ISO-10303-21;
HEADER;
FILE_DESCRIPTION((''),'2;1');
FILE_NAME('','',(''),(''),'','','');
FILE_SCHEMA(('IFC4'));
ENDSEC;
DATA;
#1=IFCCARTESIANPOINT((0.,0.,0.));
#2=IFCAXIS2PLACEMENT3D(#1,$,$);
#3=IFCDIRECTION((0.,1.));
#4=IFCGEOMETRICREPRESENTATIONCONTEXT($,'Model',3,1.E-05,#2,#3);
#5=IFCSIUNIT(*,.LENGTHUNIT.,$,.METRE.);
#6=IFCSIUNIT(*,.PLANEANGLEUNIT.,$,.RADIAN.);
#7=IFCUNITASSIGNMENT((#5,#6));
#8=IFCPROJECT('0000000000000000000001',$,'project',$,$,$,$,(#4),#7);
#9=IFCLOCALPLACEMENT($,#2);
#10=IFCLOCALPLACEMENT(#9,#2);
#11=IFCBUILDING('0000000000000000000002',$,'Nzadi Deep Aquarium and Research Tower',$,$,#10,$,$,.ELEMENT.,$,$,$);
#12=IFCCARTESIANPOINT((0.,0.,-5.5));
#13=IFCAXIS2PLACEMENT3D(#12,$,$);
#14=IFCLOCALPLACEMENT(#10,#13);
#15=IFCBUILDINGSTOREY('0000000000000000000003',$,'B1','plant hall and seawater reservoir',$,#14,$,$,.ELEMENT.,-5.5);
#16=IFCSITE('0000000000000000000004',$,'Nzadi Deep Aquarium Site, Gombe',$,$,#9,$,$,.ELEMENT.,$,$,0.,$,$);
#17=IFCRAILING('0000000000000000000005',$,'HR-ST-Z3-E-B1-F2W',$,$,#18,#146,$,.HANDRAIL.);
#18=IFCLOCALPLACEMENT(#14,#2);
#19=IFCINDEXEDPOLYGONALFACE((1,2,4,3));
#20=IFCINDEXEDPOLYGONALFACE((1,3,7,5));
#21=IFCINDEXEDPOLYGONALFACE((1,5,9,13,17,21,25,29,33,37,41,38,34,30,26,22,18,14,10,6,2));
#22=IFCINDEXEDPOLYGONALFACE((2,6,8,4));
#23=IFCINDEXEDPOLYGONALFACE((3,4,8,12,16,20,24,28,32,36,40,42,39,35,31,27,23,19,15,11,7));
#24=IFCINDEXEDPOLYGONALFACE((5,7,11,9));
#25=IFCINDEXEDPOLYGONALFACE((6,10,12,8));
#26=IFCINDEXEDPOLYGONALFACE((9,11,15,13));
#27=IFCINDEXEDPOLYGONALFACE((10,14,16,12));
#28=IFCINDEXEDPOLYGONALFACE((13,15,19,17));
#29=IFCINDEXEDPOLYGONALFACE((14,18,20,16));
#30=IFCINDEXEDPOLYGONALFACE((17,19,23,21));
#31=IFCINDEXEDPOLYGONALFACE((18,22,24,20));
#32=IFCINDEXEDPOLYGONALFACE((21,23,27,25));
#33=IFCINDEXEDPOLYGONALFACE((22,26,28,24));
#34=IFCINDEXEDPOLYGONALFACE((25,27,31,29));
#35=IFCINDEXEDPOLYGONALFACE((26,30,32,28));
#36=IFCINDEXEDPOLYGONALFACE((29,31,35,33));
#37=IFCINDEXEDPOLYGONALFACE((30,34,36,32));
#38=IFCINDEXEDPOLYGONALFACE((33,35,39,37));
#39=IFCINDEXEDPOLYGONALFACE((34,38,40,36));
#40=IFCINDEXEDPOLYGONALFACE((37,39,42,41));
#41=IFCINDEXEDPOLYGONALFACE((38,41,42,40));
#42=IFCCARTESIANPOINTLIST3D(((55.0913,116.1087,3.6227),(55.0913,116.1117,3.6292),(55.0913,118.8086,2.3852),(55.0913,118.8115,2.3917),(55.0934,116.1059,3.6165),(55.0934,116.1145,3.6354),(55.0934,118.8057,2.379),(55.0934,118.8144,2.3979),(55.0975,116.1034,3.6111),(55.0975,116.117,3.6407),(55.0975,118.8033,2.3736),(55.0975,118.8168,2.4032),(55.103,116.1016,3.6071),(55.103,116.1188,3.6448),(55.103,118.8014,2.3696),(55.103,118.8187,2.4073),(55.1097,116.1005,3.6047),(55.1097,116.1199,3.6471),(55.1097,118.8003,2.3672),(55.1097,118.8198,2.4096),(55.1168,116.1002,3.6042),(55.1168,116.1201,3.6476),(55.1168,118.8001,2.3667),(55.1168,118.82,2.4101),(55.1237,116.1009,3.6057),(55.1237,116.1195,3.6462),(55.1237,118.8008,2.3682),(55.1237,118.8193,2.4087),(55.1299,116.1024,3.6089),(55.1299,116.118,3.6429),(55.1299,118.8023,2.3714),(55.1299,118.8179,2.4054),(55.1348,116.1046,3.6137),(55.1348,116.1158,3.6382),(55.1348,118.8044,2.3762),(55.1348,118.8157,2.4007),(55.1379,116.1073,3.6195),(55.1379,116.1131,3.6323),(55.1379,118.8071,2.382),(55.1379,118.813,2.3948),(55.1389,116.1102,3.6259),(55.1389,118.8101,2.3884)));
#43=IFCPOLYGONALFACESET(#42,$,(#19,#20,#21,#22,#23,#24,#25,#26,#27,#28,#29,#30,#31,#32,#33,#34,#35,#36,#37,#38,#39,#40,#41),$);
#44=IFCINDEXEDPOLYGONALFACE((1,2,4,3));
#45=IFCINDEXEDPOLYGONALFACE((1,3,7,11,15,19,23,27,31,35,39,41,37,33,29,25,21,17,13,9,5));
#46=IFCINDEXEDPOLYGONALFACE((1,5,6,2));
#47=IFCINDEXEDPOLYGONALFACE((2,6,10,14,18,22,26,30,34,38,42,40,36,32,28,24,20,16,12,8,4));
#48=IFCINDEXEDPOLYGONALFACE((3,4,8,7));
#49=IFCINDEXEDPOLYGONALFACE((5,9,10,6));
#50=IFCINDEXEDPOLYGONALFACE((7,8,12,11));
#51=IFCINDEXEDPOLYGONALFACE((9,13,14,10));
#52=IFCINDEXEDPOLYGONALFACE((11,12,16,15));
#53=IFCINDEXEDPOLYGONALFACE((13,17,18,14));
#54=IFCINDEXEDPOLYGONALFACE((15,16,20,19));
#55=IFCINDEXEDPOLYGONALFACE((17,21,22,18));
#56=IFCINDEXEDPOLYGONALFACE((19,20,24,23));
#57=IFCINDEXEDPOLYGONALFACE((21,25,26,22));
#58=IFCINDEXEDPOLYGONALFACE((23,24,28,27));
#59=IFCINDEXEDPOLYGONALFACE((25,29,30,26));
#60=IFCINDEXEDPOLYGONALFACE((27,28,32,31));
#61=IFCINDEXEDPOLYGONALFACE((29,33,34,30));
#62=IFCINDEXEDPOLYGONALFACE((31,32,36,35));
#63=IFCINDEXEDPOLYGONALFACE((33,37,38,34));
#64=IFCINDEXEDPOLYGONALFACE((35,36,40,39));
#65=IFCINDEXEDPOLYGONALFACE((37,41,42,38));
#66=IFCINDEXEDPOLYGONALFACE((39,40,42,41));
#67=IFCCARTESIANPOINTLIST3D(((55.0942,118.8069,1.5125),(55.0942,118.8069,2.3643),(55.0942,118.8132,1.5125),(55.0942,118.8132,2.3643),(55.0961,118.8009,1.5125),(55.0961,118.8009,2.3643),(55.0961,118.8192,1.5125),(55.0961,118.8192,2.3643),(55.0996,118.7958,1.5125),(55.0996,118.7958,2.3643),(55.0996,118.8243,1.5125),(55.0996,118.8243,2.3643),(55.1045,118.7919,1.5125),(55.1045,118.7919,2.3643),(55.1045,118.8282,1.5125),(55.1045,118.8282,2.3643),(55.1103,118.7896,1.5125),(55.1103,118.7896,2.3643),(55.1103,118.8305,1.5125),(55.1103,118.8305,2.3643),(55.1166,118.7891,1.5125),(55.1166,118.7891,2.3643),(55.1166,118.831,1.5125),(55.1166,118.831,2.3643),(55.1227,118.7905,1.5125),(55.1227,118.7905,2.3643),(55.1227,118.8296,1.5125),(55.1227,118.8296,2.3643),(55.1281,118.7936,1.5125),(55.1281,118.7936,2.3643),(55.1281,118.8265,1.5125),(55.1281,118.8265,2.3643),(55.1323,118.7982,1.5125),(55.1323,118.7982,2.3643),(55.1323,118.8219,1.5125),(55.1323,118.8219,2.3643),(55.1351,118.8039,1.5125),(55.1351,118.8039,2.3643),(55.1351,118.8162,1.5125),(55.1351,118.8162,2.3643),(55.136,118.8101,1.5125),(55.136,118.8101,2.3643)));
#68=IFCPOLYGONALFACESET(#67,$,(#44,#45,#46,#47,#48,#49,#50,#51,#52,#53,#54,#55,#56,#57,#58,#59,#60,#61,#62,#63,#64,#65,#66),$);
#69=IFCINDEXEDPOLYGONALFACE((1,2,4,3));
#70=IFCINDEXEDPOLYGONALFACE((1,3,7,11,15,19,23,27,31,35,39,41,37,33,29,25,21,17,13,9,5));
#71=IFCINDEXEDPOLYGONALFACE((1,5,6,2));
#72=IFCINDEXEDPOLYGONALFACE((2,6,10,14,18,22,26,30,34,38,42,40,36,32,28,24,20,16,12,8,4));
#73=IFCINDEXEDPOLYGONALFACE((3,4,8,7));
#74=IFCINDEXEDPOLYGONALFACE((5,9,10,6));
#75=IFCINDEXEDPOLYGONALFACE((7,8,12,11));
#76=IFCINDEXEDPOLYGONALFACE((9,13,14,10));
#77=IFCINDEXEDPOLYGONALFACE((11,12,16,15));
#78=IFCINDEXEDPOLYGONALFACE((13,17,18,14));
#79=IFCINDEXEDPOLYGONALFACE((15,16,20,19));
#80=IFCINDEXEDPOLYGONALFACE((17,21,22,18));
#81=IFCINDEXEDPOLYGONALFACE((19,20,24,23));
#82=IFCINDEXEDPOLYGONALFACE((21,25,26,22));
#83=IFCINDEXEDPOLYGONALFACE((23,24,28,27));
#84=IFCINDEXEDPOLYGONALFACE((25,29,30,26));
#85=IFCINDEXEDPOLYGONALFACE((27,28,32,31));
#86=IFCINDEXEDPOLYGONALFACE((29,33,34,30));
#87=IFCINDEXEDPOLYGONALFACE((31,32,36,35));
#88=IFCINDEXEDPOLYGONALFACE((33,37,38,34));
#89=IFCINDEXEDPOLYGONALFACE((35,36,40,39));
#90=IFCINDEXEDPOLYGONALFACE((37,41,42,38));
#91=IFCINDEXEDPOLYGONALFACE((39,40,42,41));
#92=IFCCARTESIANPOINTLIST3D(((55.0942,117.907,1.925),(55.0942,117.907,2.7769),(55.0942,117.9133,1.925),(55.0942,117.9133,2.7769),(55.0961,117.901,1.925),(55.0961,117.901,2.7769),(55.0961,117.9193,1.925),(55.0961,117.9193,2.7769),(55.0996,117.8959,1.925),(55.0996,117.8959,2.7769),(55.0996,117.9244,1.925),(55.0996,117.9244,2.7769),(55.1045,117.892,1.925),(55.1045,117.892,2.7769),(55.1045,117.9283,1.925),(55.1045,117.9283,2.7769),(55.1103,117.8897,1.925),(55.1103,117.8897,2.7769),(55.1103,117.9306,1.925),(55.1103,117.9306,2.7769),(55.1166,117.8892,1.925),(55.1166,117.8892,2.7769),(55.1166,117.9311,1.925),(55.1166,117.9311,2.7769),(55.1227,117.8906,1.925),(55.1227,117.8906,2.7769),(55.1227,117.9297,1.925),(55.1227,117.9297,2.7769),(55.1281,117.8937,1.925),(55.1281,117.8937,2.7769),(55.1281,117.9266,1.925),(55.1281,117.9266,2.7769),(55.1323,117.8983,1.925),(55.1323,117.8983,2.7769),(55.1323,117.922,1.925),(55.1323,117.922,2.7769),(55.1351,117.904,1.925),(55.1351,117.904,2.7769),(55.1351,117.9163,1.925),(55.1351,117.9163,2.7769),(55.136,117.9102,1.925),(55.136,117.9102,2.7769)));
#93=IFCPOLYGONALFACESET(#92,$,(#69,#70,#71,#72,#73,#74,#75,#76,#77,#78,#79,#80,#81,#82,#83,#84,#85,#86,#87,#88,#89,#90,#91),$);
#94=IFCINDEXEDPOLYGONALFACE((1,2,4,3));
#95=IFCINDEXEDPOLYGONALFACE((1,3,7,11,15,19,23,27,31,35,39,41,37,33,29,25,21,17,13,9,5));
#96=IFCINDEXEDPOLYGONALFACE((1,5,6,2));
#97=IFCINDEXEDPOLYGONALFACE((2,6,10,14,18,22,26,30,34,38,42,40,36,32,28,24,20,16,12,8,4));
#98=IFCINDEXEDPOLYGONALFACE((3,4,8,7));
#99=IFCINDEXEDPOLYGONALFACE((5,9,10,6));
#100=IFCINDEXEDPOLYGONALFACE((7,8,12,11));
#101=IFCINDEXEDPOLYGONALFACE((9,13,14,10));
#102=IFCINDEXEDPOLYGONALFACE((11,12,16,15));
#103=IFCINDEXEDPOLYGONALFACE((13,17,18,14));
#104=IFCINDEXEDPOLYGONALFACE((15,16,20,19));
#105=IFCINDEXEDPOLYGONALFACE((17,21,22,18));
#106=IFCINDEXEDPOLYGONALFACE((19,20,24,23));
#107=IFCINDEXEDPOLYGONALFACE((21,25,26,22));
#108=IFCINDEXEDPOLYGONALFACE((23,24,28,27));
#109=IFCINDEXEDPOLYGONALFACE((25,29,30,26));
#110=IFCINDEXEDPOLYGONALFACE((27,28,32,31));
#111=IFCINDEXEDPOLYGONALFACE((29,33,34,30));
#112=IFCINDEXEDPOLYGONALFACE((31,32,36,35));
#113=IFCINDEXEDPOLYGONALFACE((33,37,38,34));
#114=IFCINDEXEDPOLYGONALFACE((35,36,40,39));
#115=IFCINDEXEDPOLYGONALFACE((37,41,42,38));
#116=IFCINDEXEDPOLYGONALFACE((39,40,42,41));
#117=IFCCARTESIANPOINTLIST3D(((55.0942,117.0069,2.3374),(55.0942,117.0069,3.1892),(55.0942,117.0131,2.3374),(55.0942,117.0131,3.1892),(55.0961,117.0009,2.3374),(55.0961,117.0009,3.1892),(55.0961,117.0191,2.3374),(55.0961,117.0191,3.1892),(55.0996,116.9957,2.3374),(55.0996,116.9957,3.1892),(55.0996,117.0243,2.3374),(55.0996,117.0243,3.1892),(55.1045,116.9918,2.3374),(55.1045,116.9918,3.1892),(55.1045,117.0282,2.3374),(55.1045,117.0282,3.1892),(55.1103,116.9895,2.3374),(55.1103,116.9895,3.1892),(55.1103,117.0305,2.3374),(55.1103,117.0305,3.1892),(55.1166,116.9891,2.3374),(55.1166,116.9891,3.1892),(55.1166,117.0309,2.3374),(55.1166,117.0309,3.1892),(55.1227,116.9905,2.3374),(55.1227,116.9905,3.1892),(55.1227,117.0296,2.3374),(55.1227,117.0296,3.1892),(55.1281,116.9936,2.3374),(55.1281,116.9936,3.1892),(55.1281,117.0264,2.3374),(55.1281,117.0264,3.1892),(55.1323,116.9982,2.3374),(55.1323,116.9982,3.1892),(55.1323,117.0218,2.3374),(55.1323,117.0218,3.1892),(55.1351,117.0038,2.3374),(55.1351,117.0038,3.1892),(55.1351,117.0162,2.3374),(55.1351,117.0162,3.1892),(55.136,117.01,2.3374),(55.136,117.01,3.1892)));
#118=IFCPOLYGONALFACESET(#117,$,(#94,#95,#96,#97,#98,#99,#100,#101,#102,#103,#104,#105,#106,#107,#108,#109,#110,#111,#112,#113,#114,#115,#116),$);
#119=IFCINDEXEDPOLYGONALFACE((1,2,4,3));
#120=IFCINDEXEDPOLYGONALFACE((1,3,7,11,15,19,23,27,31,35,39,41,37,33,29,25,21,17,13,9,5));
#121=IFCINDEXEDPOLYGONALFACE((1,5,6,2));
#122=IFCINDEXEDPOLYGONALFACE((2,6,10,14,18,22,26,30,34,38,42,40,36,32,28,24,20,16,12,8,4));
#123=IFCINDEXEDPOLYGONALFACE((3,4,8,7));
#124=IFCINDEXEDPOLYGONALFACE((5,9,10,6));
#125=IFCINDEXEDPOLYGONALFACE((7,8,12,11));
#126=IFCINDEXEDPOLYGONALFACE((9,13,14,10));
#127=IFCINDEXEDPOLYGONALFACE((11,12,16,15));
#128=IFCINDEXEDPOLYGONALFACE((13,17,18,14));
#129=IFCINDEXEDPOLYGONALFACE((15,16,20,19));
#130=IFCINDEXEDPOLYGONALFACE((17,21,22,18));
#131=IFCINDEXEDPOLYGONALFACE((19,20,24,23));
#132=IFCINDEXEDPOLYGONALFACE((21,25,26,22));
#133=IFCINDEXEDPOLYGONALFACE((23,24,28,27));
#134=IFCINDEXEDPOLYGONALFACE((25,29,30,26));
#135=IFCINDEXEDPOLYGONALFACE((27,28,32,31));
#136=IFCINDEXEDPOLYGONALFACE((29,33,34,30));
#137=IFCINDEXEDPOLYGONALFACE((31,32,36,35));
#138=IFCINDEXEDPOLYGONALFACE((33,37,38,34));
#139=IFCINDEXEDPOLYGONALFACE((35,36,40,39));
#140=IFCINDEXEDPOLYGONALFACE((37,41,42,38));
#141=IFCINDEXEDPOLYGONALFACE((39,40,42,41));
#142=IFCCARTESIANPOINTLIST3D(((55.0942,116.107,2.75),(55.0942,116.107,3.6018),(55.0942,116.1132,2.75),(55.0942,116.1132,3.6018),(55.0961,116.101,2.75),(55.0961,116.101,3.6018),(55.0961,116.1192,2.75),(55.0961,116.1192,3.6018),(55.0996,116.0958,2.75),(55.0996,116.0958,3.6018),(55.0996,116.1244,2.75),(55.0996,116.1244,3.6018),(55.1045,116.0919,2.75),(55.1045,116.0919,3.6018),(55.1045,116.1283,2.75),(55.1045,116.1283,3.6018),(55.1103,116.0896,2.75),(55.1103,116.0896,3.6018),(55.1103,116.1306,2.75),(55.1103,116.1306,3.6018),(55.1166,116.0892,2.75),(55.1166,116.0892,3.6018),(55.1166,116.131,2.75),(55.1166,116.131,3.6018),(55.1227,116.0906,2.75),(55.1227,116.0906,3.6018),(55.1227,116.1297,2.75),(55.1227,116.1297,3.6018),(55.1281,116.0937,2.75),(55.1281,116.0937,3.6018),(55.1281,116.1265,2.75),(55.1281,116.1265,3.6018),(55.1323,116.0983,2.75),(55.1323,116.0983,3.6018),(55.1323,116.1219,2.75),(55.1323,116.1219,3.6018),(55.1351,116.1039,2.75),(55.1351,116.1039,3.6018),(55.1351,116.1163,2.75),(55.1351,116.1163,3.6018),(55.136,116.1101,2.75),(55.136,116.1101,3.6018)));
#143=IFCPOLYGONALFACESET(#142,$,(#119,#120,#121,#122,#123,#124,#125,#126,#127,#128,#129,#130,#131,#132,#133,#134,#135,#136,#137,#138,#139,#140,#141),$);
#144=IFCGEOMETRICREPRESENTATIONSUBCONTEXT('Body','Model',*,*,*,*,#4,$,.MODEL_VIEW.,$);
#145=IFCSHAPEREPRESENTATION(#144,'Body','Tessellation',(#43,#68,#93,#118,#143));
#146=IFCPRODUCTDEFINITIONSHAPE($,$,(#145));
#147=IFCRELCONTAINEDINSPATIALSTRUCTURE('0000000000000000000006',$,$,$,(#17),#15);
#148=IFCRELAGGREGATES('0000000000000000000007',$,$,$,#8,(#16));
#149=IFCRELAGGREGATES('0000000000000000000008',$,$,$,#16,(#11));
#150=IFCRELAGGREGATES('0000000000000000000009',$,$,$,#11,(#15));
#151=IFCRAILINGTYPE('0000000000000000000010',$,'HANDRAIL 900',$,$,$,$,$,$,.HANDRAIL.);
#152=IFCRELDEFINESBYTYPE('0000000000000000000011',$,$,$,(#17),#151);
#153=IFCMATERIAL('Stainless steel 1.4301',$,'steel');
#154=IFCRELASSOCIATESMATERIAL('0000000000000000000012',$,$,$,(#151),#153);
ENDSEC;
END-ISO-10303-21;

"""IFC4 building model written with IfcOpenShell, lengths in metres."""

from ifc_helpers import new_model, si_unit, direction, frame, origin, origin_2d, place, context, subcontext, project, spatial, circle, extrude, material, type_object, element, save


model = new_model("IFC4")

# Units and contexts
model_context = context("Model", 3, precision=1e-05, world=origin(), true_north=direction((0.0, 1.0)))
body_context = subcontext(model_context, "Body", "Model", "MODEL_VIEW")
ifc_project = project(units=[si_unit("LENGTHUNIT", "METRE"), si_unit("PLANEANGLEUNIT", "RADIAN")], contexts=[model_context])

# Site, building, storey
site_placement = place(None, origin())
site = spatial("IfcSite", under=ifc_project, at=site_placement, Name="Nzadi Deep Aquarium Site, Gombe", CompositionType="ELEMENT", RefElevation=0.0)
building_placement = place(site_placement, origin())
building = spatial("IfcBuilding", under=site, at=building_placement, Name="Nzadi Deep Aquarium and Research Tower", CompositionType="ELEMENT")
storey_placement = place(building_placement, frame((0.0, 0.0, -5.5)))
storey = spatial("IfcBuildingStorey", under=building, at=storey_placement, Name="B1", Description="plant hall and seawater reservoir", CompositionType="ELEMENT", Elevation=-5.5)

# Railing
ifc_material_1 = material(Name="Stainless steel 1.4301", Category="steel")
railing_type = type_object("IfcRailingType", Name="HANDRAIL 900", PredefinedType="HANDRAIL", material=ifc_material_1)
for number, where, name in (
    (1, (55.115, 118.8101, 1.5125), "HR-ST-Z3-E-B1-F2W"),
):
    element("IfcRailing", number, at=place(storey_placement, frame(where)), inside=storey, type_object=railing_type, Name=name, PredefinedType="HANDRAIL", context=body_context, shape_type="SweptSolid", body=[
        extrude(circle(Radius=0.0239, at=origin_2d()), frame((0.0, 0.0, 0.876), z_axis=(0.0, -0.909056, 0.416675), x_axis=(1.0, 0.0, 0.0)), (0.0, 0.0, 1.0), 2.97),
        extrude(circle(Radius=0.021, at=origin_2d()), origin(), (0.0, 0.0, 1.0), 0.8518),
        extrude(circle(Radius=0.021, at=origin_2d()), frame((0.0, -0.8999, 0.4126)), (0.0, 0.0, 1.0), 0.8518),
        extrude(circle(Radius=0.021, at=origin_2d()), frame((0.0, -1.8, 0.825)), (0.0, 0.0, 1.0), 0.8518),
        extrude(circle(Radius=0.021, at=origin_2d()), frame((0.0, -2.7, 1.2375)), (0.0, 0.0, 1.0), 0.8518),
    ])

save(model, "model.ifc")
